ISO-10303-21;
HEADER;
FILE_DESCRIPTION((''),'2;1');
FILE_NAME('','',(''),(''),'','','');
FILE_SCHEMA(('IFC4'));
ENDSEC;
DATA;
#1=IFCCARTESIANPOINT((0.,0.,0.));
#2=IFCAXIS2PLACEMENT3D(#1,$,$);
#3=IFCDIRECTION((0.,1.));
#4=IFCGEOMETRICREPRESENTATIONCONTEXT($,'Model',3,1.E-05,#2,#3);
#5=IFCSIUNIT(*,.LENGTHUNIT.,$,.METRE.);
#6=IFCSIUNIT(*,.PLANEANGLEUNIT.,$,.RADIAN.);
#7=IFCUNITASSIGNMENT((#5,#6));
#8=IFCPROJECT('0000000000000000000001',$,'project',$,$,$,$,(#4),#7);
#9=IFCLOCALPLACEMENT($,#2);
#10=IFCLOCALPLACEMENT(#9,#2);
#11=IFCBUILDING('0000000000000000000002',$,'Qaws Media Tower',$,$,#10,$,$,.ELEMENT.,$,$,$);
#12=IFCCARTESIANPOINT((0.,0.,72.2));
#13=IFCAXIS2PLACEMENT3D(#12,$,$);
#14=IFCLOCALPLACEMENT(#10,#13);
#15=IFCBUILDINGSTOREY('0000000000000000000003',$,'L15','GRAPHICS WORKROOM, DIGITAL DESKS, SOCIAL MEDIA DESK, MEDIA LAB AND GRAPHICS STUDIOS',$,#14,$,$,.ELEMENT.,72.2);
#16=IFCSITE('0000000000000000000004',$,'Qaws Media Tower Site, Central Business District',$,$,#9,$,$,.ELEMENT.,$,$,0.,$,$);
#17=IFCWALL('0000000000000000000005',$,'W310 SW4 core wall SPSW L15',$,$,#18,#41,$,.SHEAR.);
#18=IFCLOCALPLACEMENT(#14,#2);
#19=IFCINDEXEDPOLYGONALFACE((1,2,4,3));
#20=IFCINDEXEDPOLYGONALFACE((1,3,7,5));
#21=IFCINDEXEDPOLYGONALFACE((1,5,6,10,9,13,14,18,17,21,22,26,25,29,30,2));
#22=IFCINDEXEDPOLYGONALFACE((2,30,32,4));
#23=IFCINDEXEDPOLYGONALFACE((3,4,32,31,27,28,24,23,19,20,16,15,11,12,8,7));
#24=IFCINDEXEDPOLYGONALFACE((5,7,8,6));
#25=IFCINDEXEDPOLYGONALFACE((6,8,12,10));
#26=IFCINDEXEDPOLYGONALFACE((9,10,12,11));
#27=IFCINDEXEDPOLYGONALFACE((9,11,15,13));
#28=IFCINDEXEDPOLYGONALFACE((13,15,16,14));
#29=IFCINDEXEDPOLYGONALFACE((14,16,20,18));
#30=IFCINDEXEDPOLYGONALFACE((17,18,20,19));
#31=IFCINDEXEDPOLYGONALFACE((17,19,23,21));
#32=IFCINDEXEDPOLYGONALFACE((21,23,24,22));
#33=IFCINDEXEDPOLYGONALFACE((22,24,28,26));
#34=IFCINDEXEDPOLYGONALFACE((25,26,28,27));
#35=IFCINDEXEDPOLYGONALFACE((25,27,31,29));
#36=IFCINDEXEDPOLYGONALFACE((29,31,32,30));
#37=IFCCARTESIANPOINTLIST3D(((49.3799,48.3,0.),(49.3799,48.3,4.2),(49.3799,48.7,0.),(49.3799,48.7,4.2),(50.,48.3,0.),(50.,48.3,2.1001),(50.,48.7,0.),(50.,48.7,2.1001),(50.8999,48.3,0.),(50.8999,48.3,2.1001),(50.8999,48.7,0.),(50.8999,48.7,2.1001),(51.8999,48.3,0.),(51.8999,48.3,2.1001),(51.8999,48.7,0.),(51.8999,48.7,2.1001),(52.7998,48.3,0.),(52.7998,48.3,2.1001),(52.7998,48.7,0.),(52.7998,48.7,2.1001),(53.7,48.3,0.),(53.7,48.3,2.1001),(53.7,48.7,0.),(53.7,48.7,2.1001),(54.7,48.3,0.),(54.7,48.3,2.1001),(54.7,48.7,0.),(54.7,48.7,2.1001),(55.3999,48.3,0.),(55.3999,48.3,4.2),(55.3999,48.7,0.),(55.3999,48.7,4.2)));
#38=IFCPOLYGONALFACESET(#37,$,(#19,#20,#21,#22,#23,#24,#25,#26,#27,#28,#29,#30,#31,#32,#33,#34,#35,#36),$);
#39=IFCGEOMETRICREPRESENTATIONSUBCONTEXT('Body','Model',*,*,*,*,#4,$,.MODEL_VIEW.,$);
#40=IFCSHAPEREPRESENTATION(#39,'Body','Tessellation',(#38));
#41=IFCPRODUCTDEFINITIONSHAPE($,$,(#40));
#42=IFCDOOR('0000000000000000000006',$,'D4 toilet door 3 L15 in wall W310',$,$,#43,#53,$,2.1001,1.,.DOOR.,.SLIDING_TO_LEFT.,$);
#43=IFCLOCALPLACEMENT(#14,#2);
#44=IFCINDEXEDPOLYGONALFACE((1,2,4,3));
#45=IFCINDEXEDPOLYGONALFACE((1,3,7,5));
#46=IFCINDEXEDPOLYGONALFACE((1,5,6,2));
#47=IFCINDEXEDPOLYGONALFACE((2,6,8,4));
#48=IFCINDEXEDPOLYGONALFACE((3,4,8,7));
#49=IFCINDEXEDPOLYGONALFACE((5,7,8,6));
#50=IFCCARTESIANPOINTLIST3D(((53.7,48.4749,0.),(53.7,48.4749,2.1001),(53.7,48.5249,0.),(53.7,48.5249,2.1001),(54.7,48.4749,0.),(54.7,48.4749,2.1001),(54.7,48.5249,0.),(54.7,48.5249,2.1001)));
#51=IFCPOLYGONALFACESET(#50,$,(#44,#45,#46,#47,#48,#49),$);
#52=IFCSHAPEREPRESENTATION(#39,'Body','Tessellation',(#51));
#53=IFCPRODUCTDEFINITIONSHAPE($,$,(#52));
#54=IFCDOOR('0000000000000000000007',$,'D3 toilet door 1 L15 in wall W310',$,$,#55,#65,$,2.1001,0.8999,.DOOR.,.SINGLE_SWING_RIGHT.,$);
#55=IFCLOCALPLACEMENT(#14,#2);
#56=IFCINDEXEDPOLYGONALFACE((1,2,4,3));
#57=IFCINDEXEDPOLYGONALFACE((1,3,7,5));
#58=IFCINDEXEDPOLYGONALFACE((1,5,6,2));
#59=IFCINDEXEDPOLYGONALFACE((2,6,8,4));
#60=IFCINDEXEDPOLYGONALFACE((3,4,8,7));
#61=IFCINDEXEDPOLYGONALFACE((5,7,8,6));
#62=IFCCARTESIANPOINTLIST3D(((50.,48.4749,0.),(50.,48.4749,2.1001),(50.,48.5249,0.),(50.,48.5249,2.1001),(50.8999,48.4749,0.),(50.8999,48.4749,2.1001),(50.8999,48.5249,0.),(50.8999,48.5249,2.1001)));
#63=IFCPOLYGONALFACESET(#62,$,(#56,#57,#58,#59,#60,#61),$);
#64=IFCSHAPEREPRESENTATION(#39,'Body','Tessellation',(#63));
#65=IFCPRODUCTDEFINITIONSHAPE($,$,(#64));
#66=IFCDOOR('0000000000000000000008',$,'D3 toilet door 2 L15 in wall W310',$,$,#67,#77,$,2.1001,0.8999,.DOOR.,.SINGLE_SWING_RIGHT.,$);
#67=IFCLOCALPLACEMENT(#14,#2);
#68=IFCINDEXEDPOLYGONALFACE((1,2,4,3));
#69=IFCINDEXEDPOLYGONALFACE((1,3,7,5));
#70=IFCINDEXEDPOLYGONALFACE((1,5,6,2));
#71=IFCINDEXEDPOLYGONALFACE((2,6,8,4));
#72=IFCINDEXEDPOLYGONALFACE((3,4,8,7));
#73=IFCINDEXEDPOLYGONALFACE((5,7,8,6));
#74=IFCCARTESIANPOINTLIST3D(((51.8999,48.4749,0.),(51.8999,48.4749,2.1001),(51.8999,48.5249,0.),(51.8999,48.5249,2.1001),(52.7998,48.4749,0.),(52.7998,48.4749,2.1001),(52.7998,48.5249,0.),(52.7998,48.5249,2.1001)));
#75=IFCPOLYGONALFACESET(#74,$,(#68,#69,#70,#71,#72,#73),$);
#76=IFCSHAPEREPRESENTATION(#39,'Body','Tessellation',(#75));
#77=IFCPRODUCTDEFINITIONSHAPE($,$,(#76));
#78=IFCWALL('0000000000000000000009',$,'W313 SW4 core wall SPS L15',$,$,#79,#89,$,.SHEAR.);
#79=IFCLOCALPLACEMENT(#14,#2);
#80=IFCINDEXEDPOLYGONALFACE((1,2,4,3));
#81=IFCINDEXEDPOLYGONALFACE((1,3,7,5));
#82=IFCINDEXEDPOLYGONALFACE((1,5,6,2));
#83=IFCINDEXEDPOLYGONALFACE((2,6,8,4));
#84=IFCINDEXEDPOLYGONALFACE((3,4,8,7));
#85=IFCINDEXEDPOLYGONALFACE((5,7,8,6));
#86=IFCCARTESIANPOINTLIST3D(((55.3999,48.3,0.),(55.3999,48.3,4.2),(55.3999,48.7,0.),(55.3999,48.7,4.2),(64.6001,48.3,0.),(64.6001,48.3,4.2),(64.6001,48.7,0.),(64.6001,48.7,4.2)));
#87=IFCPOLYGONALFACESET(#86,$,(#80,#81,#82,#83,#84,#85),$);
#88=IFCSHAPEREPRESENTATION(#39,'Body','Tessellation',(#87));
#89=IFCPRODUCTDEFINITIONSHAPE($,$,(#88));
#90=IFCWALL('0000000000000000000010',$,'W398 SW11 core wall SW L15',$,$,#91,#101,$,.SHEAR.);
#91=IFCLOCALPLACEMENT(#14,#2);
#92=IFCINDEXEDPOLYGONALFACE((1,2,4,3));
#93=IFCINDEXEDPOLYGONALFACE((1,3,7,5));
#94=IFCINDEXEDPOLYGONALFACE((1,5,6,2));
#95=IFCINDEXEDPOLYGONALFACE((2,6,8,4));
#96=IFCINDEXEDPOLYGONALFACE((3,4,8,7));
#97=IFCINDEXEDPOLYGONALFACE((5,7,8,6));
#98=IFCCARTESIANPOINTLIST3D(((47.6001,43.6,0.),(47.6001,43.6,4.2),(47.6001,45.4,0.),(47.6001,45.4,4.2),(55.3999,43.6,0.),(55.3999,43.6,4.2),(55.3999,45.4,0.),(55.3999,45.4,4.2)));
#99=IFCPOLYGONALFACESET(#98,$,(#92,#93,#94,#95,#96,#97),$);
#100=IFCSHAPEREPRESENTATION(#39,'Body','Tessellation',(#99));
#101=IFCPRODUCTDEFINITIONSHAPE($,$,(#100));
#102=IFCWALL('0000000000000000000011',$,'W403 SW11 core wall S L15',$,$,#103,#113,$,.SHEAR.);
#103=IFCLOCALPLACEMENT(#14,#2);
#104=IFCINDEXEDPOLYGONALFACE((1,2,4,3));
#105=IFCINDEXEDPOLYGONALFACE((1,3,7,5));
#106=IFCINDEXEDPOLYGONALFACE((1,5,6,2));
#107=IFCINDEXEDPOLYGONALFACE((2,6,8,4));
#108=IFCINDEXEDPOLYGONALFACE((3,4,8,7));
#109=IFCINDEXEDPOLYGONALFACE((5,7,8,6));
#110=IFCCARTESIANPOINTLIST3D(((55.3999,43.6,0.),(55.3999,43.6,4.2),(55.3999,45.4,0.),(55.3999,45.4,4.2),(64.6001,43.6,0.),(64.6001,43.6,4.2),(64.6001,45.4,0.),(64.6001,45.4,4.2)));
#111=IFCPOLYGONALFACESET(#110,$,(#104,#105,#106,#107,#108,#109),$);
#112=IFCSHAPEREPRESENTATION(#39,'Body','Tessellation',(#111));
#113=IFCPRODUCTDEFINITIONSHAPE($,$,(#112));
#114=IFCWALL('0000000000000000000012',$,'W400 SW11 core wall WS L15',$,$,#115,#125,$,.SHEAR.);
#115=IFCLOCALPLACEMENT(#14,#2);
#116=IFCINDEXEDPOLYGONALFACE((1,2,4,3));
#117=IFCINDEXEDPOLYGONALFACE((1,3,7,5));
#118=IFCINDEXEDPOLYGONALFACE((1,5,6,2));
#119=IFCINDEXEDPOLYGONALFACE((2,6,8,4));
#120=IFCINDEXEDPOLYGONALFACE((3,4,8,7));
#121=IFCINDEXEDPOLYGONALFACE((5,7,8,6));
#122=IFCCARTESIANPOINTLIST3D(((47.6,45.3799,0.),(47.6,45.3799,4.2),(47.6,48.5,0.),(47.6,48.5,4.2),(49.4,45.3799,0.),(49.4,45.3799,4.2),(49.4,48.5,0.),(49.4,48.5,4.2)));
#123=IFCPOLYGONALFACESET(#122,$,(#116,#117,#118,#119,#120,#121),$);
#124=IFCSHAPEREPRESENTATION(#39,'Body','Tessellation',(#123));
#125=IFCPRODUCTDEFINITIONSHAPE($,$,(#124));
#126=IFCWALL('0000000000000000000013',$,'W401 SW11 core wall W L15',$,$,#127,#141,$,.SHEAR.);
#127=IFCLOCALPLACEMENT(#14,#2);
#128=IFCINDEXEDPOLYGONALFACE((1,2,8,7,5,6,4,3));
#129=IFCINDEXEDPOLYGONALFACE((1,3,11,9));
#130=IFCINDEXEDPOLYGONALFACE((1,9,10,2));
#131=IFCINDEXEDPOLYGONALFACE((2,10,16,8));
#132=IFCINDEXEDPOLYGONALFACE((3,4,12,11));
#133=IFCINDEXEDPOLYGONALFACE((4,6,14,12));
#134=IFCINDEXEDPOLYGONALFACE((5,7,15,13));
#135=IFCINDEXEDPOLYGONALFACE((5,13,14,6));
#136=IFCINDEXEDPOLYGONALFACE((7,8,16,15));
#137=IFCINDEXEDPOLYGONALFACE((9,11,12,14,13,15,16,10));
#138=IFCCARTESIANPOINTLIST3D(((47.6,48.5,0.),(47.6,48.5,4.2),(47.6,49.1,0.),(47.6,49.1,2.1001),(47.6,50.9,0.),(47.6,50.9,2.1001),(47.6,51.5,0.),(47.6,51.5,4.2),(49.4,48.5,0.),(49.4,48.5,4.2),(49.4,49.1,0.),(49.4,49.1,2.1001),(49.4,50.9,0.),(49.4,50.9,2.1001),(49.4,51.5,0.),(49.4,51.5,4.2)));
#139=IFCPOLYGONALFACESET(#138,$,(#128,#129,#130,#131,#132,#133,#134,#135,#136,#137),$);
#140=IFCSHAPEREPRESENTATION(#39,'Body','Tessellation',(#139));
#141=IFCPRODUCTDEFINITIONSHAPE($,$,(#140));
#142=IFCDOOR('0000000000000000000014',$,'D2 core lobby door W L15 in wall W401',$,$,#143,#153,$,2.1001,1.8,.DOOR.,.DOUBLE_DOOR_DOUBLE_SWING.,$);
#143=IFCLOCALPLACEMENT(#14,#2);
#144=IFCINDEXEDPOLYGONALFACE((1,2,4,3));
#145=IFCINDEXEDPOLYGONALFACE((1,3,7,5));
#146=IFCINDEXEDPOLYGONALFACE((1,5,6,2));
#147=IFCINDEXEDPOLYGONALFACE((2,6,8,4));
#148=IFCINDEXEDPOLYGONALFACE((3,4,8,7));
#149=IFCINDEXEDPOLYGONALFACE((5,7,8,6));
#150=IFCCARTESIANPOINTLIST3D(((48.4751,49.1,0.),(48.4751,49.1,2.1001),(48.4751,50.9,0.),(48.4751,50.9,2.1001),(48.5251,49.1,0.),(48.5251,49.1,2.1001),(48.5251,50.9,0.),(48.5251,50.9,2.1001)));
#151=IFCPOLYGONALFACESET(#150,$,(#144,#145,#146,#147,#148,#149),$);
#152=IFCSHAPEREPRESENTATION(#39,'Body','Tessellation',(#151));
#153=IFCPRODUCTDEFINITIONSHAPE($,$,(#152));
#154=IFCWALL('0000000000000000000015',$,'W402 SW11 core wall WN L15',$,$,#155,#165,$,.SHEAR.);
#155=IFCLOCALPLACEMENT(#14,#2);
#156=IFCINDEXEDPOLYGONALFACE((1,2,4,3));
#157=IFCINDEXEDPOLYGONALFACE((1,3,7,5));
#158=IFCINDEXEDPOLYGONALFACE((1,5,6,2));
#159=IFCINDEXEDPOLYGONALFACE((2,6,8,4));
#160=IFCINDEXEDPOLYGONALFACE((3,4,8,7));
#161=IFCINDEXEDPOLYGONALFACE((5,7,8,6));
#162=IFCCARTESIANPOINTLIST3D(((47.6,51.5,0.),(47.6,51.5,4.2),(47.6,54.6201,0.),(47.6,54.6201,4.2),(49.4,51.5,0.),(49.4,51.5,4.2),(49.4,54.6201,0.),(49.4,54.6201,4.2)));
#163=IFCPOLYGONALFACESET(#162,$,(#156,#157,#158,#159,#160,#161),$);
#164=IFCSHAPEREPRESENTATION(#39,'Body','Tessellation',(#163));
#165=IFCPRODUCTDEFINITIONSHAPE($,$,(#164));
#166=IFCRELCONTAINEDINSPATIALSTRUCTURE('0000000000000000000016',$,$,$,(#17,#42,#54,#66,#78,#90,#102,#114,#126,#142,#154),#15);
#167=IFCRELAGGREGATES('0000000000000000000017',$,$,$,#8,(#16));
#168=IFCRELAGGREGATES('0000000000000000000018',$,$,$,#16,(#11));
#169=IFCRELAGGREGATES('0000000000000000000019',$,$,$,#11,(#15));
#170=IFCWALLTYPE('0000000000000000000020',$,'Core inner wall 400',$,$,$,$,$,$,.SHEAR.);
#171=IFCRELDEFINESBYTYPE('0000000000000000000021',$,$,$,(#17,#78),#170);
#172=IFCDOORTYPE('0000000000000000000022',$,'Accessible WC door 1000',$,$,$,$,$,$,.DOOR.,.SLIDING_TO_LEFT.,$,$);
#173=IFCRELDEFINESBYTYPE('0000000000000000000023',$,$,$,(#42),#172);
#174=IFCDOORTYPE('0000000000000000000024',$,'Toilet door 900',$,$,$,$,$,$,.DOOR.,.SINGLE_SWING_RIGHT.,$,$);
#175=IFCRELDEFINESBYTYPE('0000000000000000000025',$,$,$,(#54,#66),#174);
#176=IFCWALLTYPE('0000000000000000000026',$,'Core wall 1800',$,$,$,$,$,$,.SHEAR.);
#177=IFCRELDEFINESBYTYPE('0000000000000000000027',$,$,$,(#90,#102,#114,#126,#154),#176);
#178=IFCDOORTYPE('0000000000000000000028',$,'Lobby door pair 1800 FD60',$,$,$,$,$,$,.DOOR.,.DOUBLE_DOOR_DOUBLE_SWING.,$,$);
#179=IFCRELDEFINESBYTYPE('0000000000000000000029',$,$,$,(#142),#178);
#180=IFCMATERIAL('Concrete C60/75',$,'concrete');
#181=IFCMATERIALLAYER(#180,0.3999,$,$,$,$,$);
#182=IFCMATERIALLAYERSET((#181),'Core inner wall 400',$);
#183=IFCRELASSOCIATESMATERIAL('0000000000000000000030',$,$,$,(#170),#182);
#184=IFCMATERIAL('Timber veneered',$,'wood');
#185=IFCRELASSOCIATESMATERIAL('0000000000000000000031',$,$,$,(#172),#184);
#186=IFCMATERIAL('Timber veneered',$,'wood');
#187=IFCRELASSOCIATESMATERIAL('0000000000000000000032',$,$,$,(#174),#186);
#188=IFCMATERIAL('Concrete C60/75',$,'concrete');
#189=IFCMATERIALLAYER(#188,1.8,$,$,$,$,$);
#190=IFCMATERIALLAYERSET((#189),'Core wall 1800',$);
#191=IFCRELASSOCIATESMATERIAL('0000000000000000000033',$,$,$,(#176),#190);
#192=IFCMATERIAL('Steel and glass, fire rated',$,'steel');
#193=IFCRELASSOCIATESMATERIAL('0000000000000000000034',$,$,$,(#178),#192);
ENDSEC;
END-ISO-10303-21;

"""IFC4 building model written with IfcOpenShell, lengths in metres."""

from ifc_helpers import new_model, si_unit, direction, frame, frame_2d, origin, place, context, subcontext, project, spatial, rectangle, extrude, material, layer, layer_set, type_object, element, fill, save


model = new_model("IFC4")

# Units and contexts
model_context = context("Model", 3, precision=1e-05, world=origin(), true_north=direction((0.0, 1.0)))
body_context = subcontext(model_context, "Body", "Model", "MODEL_VIEW")
ifc_project = project(units=[si_unit("LENGTHUNIT", "METRE"), si_unit("PLANEANGLEUNIT", "RADIAN")], contexts=[model_context])

# Site, building, storey
site_placement = place(None, origin())
site = spatial("IfcSite", under=ifc_project, at=site_placement, Name="Qaws Media Tower Site, Central Business District", CompositionType="ELEMENT", RefElevation=0.0)
building_placement = place(site_placement, origin())
building = spatial("IfcBuilding", under=site, at=building_placement, Name="Qaws Media Tower", CompositionType="ELEMENT")
storey_placement = place(building_placement, frame((0.0, 0.0, 72.2)))
storey = spatial("IfcBuildingStorey", under=building, at=storey_placement, Name="L15", Description="GRAPHICS WORKROOM, DIGITAL DESKS, SOCIAL MEDIA DESK, MEDIA LAB AND GRAPHICS STUDIOS", CompositionType="ELEMENT", Elevation=72.2)

# Shared definitions
ifc_material_1 = material(Name="Concrete C60/75", Category="concrete")
ifc_layer_1 = layer(ifc_material_1, 0.3999)
ifc_layer_set_1 = layer_set([ifc_layer_1], Name="Core inner wall 400")
wall_type_1 = type_object("IfcWallType", Name="Core inner wall 400", PredefinedType="SHEAR", material=ifc_layer_set_1)

# Wall, openings, doors
wall_1_placement = place(storey_placement, frame((49.3799, 48.5, 0.0), z_axis=(0.0, 0.0, 1.0), x_axis=(1.0, 0.0, 0.0)))
wall_1 = element("IfcWall", 1, at=wall_1_placement, inside=storey, type_object=wall_type_1, Name="W310 SW4 core wall SPSW L15", PredefinedType="SHEAR", context=body_context, shape_type="SweptSolid", body=[
    extrude(rectangle(XDim=6.02, YDim=0.3999, at=frame_2d((3.01, 0.0))), origin(), (0.0, 0.0, 1.0), 4.2),
])
opening_1_placement = place(wall_1_placement, frame((0.6201, 0.0, 0.0)))
opening_1 = element("IfcOpeningElement", 2, at=opening_1_placement, cuts=wall_1, PredefinedType="OPENING", context=body_context, shape_type="SweptSolid", body=[
    extrude(rectangle(XDim=0.8999, YDim=2.1001, at=frame_2d((0.45, 1.05))), frame((0.0, 0.21, 0.0), z_axis=(0.0, -1.0, 0.0), x_axis=(1.0, 0.0, 0.0)), (0.0, 0.0, 1.0), 0.4199),
])
opening_2_placement = place(wall_1_placement, frame((2.52, 0.0, 0.0)))
opening_2 = element("IfcOpeningElement", 3, at=opening_2_placement, cuts=wall_1, PredefinedType="OPENING", context=body_context, shape_type="SweptSolid", body=[
    extrude(rectangle(XDim=0.8999, YDim=2.1001, at=frame_2d((0.45, 1.05))), frame((0.0, 0.21, 0.0), z_axis=(0.0, -1.0, 0.0), x_axis=(1.0, 0.0, 0.0)), (0.0, 0.0, 1.0), 0.4199),
])
opening_3_placement = place(wall_1_placement, frame((4.3201, 0.0, 0.0)))
opening_3 = element("IfcOpeningElement", 4, at=opening_3_placement, cuts=wall_1, PredefinedType="OPENING", context=body_context, shape_type="SweptSolid", body=[
    extrude(rectangle(XDim=1.0, YDim=2.1001, at=frame_2d((0.5, 1.05))), frame((0.0, 0.21, 0.0), z_axis=(0.0, -1.0, 0.0), x_axis=(1.0, 0.0, 0.0)), (0.0, 0.0, 1.0), 0.4199),
])
ifc_material_2 = material(Name="Timber veneered", Category="wood")
door_type_1 = type_object("IfcDoorType", Name="Accessible WC door 1000", OperationType="SLIDING_TO_LEFT", PredefinedType="DOOR", material=ifc_material_2)
door_1_placement = place(opening_3_placement, origin())
door_1 = element("IfcDoor", 5, at=door_1_placement, inside=storey, type_object=door_type_1, Name="D4 toilet door 3 L15 in wall W310", OperationType="SLIDING_TO_LEFT", OverallHeight=2.1001, OverallWidth=1.0, PredefinedType="DOOR", context=body_context, shape_type="SweptSolid", body=[
    extrude(rectangle(XDim=1.0, YDim=2.1001, at=frame_2d((0.5, 1.05))), frame((0.0, 0.0249, 0.0), z_axis=(0.0, -1.0, 0.0), x_axis=(1.0, 0.0, 0.0)), (0.0, 0.0, 1.0), 0.05),
])
fill(opening_3, door_1)
ifc_material_3 = material(Name="Timber veneered", Category="wood")
door_type_2 = type_object("IfcDoorType", Name="Toilet door 900", OperationType="SINGLE_SWING_RIGHT", PredefinedType="DOOR", material=ifc_material_3)
door_2_placement = place(opening_1_placement, origin())
door_2 = element("IfcDoor", 6, at=door_2_placement, inside=storey, type_object=door_type_2, Name="D3 toilet door 1 L15 in wall W310", OperationType="SINGLE_SWING_RIGHT", OverallHeight=2.1001, OverallWidth=0.8999, PredefinedType="DOOR", context=body_context, shape_type="SweptSolid", body=[
    extrude(rectangle(XDim=0.8999, YDim=2.1001, at=frame_2d((0.45, 1.05))), frame((0.0, 0.0249, 0.0), z_axis=(0.0, -1.0, 0.0), x_axis=(1.0, 0.0, 0.0)), (0.0, 0.0, 1.0), 0.05),
])
fill(opening_1, door_2)
door_3_placement = place(opening_2_placement, origin())
door_3 = element("IfcDoor", 7, at=door_3_placement, inside=storey, type_object=door_type_2, Name="D3 toilet door 2 L15 in wall W310", OperationType="SINGLE_SWING_RIGHT", OverallHeight=2.1001, OverallWidth=0.8999, PredefinedType="DOOR", context=body_context, shape_type="SweptSolid", body=[
    extrude(rectangle(XDim=0.8999, YDim=2.1001, at=frame_2d((0.45, 1.05))), frame((0.0, 0.0249, 0.0), z_axis=(0.0, -1.0, 0.0), x_axis=(1.0, 0.0, 0.0)), (0.0, 0.0, 1.0), 0.05),
])
fill(opening_2, door_3)

# Walls
wall_2_placement = place(storey_placement, frame((55.3999, 48.5, 0.0), z_axis=(0.0, 0.0, 1.0), x_axis=(1.0, 0.0, 0.0)))
element("IfcWall", 8, at=wall_2_placement, inside=storey, type_object=wall_type_1, Name="W313 SW4 core wall SPS L15", PredefinedType="SHEAR", context=body_context, shape_type="SweptSolid", body=[
    extrude(rectangle(XDim=9.2002, YDim=0.3999, at=frame_2d((4.6001, 0.0))), origin(), (0.0, 0.0, 1.0), 4.2),
])
ifc_material_4 = material(Name="Concrete C60/75", Category="concrete")
ifc_layer_2 = layer(ifc_material_4, 1.8)
ifc_layer_set_2 = layer_set([ifc_layer_2], Name="Core wall 1800")
wall_type_2 = type_object("IfcWallType", Name="Core wall 1800", PredefinedType="SHEAR", material=ifc_layer_set_2)
wall_3_placement = place(storey_placement, frame((47.6001, 44.5, 0.0), z_axis=(0.0, 0.0, 1.0), x_axis=(1.0, 0.0, 0.0)))
element("IfcWall", 9, at=wall_3_placement, inside=storey, type_object=wall_type_2, Name="W398 SW11 core wall SW L15", PredefinedType="SHEAR", context=body_context, shape_type="SweptSolid", body=[
    extrude(rectangle(XDim=7.7998, YDim=1.8, at=frame_2d((3.8999, 0.0))), origin(), (0.0, 0.0, 1.0), 4.2),
])
wall_4_placement = place(storey_placement, frame((55.3999, 44.5, 0.0), z_axis=(0.0, 0.0, 1.0), x_axis=(1.0, 0.0, 0.0)))
element("IfcWall", 10, at=wall_4_placement, inside=storey, type_object=wall_type_2, Name="W403 SW11 core wall S L15", PredefinedType="SHEAR", context=body_context, shape_type="SweptSolid", body=[
    extrude(rectangle(XDim=9.2002, YDim=1.8, at=frame_2d((4.6001, 0.0))), origin(), (0.0, 0.0, 1.0), 4.2),
])
wall_5_placement = place(storey_placement, frame((48.5, 45.3799, 0.0), z_axis=(0.0, 0.0, 1.0), x_axis=(0.0, 1.0, 0.0)))
element("IfcWall", 11, at=wall_5_placement, inside=storey, type_object=wall_type_2, Name="W400 SW11 core wall WS L15", PredefinedType="SHEAR", context=body_context, shape_type="SweptSolid", body=[
    extrude(rectangle(XDim=3.1201, YDim=1.8, at=frame_2d((1.5601, 0.0))), origin(), (0.0, 0.0, 1.0), 4.2),
])

# Wall, opening, door
wall_6_placement = place(storey_placement, frame((48.5, 48.5, 0.0), z_axis=(0.0, 0.0, 1.0), x_axis=(0.0, 1.0, 0.0)))
wall_6 = element("IfcWall", 12, at=wall_6_placement, inside=storey, type_object=wall_type_2, Name="W401 SW11 core wall W L15", PredefinedType="SHEAR", context=body_context, shape_type="SweptSolid", body=[
    extrude(rectangle(XDim=3.0, YDim=1.8, at=frame_2d((1.5, 0.0))), origin(), (0.0, 0.0, 1.0), 4.2),
])
opening_4_placement = place(wall_6_placement, frame((0.6001, 0.0, 0.0)))
opening_4 = element("IfcOpeningElement", 13, at=opening_4_placement, cuts=wall_6, PredefinedType="OPENING", context=body_context, shape_type="SweptSolid", body=[
    extrude(rectangle(XDim=1.8, YDim=2.1001, at=frame_2d((0.8999, 1.05))), frame((0.0, 0.9099, 0.0), z_axis=(0.0, -1.0, 0.0), x_axis=(1.0, 0.0, 0.0)), (0.0, 0.0, 1.0), 1.8201),
])
ifc_material_5 = material(Name="Steel and glass, fire rated", Category="steel")
door_type_3 = type_object("IfcDoorType", Name="Lobby door pair 1800 FD60", OperationType="DOUBLE_DOOR_DOUBLE_SWING", PredefinedType="DOOR", material=ifc_material_5)
door_4_placement = place(opening_4_placement, origin())
door_4 = element("IfcDoor", 14, at=door_4_placement, inside=storey, type_object=door_type_3, Name="D2 core lobby door W L15 in wall W401", OperationType="DOUBLE_DOOR_DOUBLE_SWING", OverallHeight=2.1001, OverallWidth=1.8, PredefinedType="DOOR", context=body_context, shape_type="SweptSolid", body=[
    extrude(rectangle(XDim=1.8, YDim=2.1001, at=frame_2d((0.8999, 1.05))), frame((0.0, 0.0249, 0.0), z_axis=(0.0, -1.0, 0.0), x_axis=(1.0, 0.0, 0.0)), (0.0, 0.0, 1.0), 0.05),
])
fill(opening_4, door_4)

# Wall
wall_7_placement = place(storey_placement, frame((48.5, 51.5, 0.0), z_axis=(0.0, 0.0, 1.0), x_axis=(0.0, 1.0, 0.0)))
element("IfcWall", 15, at=wall_7_placement, inside=storey, type_object=wall_type_2, Name="W402 SW11 core wall WN L15", PredefinedType="SHEAR", context=body_context, shape_type="SweptSolid", body=[
    extrude(rectangle(XDim=3.1201, YDim=1.8, at=frame_2d((1.5601, 0.0))), origin(), (0.0, 0.0, 1.0), 4.2),
])

save(model, "model.ifc")
